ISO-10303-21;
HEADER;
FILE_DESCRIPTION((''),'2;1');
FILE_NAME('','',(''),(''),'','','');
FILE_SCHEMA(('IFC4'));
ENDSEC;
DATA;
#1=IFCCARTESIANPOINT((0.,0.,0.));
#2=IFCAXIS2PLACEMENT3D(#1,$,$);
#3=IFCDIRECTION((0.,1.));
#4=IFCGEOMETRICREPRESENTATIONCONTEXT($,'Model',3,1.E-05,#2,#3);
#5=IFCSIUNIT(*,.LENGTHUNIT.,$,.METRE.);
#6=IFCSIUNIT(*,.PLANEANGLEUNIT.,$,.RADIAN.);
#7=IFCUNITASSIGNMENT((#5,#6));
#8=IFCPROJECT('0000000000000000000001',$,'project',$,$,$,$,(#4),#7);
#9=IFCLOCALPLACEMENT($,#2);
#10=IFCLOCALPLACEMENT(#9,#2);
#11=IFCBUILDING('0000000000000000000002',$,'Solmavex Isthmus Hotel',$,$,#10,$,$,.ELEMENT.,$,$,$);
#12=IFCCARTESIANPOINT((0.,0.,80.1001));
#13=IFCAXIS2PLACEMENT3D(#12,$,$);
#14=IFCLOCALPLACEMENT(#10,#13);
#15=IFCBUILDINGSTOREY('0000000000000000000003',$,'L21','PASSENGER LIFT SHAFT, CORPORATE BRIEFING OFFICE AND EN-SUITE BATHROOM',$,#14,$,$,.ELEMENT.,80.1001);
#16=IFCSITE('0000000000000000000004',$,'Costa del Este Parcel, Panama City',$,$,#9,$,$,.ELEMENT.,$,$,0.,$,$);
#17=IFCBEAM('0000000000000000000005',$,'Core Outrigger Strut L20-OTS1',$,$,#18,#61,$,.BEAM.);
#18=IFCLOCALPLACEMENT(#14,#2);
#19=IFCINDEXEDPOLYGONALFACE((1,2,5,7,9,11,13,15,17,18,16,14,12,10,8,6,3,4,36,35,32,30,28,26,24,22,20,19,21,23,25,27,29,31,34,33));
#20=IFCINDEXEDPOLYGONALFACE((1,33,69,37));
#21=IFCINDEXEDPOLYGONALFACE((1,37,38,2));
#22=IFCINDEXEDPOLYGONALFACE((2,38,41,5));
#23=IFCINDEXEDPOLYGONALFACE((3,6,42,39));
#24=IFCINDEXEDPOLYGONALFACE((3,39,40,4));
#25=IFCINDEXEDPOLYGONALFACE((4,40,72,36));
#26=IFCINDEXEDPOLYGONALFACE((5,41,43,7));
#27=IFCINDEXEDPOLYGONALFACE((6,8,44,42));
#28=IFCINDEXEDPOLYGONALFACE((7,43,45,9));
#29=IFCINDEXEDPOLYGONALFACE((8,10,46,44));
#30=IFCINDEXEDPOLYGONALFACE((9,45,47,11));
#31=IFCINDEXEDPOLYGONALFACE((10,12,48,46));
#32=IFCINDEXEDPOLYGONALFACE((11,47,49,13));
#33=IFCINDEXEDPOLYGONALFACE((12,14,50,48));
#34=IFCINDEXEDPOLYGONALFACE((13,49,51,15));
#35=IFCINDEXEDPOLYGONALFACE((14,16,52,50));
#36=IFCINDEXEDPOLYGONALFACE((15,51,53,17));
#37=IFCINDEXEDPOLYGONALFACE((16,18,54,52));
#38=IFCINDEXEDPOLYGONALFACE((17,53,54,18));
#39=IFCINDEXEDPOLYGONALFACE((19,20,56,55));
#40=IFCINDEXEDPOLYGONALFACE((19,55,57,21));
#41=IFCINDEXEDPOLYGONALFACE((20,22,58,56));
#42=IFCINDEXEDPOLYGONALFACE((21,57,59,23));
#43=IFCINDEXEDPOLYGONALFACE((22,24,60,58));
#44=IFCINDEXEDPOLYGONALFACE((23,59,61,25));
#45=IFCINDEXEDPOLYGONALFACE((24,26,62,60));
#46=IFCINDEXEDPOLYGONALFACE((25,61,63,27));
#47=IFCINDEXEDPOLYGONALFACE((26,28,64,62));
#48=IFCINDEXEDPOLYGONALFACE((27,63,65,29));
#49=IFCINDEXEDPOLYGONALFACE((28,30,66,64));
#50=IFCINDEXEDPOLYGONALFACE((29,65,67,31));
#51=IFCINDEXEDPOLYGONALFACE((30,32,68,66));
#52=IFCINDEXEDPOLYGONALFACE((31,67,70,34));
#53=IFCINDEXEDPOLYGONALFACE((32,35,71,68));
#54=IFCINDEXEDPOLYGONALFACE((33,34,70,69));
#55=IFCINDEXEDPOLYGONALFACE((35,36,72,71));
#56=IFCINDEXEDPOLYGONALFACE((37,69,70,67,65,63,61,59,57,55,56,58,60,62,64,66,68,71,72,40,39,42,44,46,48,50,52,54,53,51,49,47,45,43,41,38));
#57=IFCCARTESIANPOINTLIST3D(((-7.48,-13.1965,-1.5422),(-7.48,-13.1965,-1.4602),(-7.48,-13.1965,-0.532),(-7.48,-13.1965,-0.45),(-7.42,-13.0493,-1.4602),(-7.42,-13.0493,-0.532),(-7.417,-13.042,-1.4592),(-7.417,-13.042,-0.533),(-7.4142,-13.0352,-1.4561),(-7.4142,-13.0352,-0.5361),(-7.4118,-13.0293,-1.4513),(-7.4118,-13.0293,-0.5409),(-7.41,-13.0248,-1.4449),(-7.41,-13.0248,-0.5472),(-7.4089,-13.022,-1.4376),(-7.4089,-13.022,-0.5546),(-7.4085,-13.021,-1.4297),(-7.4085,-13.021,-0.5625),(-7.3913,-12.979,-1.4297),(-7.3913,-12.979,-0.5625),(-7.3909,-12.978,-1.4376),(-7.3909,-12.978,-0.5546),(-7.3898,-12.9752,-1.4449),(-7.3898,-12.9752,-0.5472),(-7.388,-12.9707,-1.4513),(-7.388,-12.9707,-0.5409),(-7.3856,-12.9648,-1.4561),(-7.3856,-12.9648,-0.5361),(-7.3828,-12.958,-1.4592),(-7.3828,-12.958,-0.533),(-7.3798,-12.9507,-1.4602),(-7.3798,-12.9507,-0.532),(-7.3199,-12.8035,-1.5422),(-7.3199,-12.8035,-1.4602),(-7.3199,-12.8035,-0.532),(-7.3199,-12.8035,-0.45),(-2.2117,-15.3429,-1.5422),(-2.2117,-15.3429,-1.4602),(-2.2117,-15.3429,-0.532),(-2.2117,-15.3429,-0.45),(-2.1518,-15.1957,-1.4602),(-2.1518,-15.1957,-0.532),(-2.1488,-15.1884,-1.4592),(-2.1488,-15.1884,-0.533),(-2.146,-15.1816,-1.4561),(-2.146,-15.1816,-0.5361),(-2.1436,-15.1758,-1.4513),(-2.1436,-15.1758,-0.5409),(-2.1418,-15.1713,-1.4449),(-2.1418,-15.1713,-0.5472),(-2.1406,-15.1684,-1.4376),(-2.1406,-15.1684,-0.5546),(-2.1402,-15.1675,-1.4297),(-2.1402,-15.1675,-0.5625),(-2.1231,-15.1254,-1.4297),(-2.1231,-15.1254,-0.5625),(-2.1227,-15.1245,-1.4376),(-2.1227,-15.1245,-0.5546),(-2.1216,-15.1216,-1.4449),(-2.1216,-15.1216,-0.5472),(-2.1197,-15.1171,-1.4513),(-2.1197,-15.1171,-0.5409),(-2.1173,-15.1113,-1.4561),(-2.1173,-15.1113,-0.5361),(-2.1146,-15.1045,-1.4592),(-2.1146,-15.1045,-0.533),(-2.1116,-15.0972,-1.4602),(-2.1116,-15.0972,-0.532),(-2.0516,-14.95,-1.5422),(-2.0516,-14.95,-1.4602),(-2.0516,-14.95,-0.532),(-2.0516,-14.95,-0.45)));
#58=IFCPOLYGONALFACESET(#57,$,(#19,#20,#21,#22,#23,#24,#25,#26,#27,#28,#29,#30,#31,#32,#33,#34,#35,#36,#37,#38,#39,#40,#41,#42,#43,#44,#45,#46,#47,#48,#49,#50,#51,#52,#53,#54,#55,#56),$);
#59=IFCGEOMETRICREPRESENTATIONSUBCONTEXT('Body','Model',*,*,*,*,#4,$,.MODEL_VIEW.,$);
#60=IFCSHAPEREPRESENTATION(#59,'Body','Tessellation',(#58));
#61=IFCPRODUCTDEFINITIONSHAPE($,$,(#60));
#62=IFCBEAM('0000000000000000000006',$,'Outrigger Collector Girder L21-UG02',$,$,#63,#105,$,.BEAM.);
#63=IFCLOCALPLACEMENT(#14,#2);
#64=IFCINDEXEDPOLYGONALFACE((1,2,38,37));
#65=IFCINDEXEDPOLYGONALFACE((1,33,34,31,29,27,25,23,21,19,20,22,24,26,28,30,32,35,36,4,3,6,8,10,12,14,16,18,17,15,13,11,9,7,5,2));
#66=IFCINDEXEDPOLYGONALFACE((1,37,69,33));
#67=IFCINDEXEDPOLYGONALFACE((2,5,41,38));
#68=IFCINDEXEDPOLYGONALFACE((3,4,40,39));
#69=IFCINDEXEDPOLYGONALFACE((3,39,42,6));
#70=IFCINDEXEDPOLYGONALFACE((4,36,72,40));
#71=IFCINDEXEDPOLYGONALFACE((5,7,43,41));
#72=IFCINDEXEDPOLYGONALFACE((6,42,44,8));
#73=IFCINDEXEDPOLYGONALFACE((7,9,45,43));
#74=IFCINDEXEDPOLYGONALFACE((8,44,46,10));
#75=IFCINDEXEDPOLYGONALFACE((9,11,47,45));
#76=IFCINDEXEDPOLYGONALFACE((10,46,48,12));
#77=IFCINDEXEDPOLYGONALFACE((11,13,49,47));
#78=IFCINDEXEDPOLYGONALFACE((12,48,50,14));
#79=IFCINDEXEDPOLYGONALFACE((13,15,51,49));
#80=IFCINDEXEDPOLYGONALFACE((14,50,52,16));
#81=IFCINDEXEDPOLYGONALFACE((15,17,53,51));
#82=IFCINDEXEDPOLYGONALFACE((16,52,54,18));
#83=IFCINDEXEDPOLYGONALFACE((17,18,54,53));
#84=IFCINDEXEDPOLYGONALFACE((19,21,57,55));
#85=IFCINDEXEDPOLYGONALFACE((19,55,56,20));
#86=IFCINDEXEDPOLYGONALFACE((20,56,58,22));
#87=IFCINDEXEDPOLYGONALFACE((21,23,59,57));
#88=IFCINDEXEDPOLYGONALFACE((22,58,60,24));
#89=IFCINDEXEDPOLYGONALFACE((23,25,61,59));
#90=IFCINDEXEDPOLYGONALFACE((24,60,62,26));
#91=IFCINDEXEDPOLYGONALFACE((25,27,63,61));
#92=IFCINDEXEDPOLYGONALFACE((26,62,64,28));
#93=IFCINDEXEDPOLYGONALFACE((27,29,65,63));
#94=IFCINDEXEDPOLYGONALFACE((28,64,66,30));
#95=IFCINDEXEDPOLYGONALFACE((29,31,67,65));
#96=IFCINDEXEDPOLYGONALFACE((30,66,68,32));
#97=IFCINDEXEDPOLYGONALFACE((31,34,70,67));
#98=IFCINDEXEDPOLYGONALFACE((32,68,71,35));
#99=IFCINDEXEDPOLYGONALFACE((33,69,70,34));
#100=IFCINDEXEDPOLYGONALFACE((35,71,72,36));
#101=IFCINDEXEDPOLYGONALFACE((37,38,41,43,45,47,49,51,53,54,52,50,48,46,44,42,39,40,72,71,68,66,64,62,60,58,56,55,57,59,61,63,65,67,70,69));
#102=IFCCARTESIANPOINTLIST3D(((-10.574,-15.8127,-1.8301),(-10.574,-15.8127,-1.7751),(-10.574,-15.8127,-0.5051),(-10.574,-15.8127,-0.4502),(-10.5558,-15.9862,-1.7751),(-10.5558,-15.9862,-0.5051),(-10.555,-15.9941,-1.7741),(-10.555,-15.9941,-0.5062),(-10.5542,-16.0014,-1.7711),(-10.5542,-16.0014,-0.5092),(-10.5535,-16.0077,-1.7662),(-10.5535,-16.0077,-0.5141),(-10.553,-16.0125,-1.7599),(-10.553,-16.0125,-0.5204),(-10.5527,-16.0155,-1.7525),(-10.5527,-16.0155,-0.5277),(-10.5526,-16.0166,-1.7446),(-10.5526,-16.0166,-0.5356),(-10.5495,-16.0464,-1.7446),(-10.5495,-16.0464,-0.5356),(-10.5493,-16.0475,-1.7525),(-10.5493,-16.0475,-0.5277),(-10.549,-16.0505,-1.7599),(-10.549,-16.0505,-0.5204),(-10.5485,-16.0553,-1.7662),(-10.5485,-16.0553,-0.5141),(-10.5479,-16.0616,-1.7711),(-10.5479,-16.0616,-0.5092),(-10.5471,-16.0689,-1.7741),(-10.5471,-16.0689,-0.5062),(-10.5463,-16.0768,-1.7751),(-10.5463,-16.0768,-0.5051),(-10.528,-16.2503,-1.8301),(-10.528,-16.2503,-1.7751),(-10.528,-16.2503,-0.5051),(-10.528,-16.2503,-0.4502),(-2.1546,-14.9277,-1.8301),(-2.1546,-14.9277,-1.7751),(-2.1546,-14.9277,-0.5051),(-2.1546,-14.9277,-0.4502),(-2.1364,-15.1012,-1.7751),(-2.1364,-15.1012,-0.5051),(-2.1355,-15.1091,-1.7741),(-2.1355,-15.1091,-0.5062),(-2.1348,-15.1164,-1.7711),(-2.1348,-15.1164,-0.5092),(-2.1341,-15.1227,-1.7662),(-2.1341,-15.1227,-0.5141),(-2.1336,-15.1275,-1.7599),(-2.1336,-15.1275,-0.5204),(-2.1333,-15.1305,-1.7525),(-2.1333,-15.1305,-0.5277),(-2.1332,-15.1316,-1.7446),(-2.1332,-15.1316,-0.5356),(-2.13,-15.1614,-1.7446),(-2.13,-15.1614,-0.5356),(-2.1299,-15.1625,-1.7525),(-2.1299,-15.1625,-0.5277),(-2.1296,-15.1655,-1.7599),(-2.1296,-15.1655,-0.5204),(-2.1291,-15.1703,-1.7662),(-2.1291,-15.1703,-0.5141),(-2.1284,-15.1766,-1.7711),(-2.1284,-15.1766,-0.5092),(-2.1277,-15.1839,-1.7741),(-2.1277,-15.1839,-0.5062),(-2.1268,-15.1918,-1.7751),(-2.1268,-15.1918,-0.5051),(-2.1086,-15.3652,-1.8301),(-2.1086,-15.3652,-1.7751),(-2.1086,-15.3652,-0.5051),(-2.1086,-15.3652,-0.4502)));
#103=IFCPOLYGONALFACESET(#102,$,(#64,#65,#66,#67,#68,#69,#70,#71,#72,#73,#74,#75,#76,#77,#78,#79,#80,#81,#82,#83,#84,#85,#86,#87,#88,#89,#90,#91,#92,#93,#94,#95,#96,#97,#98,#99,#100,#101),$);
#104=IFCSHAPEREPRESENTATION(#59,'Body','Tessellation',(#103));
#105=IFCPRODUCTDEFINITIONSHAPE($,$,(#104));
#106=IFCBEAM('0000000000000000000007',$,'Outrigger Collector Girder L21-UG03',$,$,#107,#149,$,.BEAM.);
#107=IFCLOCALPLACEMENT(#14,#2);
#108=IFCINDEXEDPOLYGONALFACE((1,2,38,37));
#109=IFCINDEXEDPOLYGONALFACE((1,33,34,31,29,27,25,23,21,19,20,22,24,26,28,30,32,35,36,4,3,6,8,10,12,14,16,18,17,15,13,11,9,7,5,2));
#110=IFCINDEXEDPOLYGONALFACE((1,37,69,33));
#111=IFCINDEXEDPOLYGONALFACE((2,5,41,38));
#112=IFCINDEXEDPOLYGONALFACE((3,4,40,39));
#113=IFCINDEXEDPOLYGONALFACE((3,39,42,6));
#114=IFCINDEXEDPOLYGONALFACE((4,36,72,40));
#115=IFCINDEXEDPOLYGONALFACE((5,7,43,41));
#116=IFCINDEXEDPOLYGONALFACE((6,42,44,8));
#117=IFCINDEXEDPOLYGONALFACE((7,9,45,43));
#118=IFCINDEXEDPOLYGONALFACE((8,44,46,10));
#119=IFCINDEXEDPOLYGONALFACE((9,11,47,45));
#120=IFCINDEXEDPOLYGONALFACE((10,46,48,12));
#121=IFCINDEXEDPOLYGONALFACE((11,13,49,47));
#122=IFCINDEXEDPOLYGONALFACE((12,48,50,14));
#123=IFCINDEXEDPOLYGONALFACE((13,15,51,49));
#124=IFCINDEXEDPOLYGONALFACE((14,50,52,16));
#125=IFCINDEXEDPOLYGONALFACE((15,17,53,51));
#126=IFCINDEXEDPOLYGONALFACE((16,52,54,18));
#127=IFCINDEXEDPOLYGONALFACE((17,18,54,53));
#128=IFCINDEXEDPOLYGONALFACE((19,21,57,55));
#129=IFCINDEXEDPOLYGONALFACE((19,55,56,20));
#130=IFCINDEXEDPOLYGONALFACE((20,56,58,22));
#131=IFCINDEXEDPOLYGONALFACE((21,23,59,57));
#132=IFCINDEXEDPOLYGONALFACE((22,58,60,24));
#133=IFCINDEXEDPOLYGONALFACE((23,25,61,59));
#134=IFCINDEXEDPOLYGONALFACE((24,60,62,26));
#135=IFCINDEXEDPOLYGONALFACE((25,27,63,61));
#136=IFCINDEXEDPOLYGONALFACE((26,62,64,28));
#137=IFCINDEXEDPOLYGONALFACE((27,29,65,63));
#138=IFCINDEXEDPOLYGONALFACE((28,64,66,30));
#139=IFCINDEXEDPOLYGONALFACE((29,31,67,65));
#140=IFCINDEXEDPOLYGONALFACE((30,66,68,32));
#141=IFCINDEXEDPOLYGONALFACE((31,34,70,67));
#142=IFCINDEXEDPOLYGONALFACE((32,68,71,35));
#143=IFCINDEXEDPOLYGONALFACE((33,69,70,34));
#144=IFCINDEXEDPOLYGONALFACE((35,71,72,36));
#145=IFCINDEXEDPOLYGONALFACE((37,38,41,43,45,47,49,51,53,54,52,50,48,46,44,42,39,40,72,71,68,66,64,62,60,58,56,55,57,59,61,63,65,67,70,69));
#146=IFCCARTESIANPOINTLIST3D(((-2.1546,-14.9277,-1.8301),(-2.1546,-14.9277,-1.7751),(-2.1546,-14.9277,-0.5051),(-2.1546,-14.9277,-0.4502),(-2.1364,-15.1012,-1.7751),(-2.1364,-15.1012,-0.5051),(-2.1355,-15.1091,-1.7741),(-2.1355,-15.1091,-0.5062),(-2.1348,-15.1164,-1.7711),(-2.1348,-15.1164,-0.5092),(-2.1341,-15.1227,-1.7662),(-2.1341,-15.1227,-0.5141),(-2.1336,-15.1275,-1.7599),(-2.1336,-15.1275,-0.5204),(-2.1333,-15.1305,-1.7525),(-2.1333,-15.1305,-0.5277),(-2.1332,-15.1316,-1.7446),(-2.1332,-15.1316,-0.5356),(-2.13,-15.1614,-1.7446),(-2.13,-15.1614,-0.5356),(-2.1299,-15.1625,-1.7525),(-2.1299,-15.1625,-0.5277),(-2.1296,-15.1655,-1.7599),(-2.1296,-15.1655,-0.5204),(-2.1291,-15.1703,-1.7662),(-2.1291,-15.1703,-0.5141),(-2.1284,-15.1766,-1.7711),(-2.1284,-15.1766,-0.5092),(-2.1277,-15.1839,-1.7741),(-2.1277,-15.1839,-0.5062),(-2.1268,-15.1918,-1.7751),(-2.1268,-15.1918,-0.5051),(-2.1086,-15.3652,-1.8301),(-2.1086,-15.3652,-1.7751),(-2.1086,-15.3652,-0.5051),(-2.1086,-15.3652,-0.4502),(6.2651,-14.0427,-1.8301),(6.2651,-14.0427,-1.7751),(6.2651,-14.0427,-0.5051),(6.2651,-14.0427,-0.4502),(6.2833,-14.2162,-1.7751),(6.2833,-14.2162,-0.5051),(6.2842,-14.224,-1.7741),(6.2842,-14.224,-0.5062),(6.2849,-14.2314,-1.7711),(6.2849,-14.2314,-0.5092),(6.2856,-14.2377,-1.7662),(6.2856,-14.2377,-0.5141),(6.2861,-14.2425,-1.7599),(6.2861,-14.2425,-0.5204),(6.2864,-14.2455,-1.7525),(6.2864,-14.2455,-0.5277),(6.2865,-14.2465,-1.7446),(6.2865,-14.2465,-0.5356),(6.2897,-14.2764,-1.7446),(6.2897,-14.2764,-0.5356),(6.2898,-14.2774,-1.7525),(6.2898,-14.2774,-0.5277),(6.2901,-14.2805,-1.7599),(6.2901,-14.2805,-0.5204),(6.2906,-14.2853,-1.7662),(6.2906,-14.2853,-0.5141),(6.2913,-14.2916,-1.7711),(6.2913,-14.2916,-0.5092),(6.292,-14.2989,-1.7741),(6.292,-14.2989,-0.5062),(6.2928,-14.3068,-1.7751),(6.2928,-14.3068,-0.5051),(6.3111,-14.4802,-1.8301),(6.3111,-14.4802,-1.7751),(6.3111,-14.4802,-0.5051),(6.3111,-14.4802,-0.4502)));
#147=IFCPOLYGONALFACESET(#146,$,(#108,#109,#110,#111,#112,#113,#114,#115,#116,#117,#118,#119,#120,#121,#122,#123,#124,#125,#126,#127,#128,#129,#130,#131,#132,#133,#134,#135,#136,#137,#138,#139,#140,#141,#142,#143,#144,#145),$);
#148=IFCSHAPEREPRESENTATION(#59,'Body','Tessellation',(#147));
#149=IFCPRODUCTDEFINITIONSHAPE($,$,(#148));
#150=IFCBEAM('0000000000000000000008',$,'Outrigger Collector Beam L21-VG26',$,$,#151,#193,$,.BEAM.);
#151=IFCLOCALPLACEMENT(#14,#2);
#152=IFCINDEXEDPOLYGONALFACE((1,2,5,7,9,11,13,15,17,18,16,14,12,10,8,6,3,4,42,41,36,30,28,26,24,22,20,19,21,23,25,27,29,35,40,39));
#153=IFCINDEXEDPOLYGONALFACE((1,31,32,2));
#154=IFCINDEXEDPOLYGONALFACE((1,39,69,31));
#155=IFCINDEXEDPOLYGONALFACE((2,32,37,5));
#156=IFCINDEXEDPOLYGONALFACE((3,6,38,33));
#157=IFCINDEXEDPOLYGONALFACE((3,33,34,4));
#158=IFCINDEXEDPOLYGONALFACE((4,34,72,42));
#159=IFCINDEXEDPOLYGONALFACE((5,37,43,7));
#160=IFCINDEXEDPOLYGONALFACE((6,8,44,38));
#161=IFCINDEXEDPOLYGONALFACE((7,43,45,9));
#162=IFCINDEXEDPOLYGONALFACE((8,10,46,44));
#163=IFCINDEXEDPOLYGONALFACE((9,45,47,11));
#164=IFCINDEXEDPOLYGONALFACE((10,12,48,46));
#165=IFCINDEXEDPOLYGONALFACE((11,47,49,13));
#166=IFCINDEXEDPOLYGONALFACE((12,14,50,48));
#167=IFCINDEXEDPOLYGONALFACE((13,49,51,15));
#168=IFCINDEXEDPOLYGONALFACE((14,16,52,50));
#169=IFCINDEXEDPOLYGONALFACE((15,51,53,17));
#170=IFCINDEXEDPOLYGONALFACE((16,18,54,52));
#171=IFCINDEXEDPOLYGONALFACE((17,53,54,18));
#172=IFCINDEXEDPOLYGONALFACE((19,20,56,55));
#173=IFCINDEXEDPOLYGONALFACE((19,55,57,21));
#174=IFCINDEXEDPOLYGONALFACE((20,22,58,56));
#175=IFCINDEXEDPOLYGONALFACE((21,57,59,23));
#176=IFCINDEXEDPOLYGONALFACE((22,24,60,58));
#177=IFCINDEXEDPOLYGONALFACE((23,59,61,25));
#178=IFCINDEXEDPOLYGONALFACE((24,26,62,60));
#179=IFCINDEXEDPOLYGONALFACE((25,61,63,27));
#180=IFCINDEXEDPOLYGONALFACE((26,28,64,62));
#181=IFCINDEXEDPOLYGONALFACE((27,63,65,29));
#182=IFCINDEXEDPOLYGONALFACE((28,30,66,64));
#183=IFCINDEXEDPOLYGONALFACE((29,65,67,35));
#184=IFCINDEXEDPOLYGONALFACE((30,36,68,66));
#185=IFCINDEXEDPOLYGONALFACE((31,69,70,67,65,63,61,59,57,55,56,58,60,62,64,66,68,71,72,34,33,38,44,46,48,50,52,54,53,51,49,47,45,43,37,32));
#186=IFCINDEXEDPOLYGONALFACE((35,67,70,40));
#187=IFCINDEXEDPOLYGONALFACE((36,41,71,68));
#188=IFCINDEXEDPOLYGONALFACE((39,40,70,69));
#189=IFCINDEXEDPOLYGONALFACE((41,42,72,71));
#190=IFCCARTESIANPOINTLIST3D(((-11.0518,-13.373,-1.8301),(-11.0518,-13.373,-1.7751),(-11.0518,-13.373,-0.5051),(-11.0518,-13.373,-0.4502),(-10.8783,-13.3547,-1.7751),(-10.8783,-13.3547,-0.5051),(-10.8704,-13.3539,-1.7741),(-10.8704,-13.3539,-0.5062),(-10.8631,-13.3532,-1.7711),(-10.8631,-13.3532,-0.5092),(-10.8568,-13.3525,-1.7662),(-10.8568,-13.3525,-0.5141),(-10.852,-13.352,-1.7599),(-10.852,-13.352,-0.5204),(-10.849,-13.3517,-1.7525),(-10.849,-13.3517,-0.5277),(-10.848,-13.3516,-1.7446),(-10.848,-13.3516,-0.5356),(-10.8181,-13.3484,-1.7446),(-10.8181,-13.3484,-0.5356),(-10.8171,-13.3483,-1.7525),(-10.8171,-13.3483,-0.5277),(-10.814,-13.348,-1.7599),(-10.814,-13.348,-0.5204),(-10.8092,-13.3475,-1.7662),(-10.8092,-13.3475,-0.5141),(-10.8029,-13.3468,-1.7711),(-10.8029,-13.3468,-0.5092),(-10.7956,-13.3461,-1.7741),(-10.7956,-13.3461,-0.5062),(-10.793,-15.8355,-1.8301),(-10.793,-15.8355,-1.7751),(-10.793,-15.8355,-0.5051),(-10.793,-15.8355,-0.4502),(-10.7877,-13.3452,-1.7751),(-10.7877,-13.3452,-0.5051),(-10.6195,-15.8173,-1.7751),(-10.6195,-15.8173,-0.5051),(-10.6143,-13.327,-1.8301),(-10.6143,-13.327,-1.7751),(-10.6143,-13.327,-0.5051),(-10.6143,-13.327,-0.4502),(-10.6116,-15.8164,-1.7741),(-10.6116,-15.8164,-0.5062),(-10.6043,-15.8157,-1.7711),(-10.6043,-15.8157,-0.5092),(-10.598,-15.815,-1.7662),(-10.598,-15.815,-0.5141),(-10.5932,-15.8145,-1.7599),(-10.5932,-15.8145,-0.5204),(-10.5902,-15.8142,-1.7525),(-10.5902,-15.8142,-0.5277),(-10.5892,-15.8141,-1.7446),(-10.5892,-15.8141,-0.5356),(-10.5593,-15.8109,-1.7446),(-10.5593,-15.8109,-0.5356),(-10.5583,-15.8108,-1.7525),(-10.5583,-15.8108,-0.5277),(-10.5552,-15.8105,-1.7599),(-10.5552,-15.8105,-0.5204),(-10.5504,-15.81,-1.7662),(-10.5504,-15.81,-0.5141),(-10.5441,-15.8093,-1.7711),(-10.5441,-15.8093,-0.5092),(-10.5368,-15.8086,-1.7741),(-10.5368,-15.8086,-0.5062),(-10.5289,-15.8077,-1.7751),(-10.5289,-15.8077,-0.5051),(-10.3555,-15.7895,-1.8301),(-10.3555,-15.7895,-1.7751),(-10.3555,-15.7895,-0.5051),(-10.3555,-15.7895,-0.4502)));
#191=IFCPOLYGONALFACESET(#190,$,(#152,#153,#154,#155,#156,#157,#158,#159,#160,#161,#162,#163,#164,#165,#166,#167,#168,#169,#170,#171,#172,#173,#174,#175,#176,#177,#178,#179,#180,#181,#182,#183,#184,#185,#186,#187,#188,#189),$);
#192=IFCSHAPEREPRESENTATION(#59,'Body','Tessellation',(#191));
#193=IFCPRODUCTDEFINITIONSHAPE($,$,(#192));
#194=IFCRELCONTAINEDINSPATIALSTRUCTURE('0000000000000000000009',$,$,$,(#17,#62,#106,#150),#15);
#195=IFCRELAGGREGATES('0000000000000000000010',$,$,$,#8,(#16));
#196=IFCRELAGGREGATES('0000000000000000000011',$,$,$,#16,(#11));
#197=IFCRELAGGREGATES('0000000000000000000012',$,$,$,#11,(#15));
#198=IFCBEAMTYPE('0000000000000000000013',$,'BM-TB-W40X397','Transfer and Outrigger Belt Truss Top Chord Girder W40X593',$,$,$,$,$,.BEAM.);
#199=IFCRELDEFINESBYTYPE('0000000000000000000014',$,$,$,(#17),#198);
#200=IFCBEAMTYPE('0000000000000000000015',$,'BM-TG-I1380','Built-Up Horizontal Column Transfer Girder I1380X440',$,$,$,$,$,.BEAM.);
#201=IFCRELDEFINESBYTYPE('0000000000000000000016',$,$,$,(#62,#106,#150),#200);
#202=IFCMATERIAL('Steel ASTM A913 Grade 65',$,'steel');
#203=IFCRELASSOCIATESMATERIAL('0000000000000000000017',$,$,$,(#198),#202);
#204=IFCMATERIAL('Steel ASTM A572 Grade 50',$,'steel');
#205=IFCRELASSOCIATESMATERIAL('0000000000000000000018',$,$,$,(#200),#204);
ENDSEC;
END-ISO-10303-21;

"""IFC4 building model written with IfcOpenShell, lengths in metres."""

from ifc_helpers import new_model, si_unit, direction, frame, origin, origin_2d, place, context, subcontext, project, spatial, i_section, extrude, material, material_profile, profile_set, type_object, element, save


model = new_model("IFC4")

# Units and contexts
model_context = context("Model", 3, precision=1e-05, world=origin(), true_north=direction((0.0, 1.0)))
body_context = subcontext(model_context, "Body", "Model", "MODEL_VIEW")
ifc_project = project(units=[si_unit("LENGTHUNIT", "METRE"), si_unit("PLANEANGLEUNIT", "RADIAN")], contexts=[model_context])

# Site, building, storey
site_placement = place(None, origin())
site = spatial("IfcSite", under=ifc_project, at=site_placement, Name="Costa del Este Parcel, Panama City", CompositionType="ELEMENT", RefElevation=0.0)
building_placement = place(site_placement, origin())
building = spatial("IfcBuilding", under=site, at=building_placement, Name="Solmavex Isthmus Hotel", CompositionType="ELEMENT")
storey_placement = place(building_placement, frame((0.0, 0.0, 80.1001)))
storey = spatial("IfcBuildingStorey", under=building, at=storey_placement, Name="L21", Description="PASSENGER LIFT SHAFT, CORPORATE BRIEFING OFFICE AND EN-SUITE BATHROOM", CompositionType="ELEMENT", Elevation=80.1001)

# Shared definitions
ifc_material_1 = material(Name="Steel ASTM A913 Grade 65", Category="steel")

# Beams
ifc_material_profile_1 = material_profile(ifc_material_1, i_section(OverallWidth=0.4243, OverallDepth=1.0923, WebThickness=0.0454, FlangeThickness=0.082, FilletRadius=0.0305, at=origin_2d()), Name="W40X593")
ifc_profile_set_1 = profile_set([ifc_material_profile_1], Name="Steel ASTM A913 Grade 65")
beam_type_1 = type_object("IfcBeamType", Name="BM-TB-W40X397", Description="Transfer and Outrigger Belt Truss Top Chord Girder W40X593", PredefinedType="BEAM", material=ifc_profile_set_1)
beam_1_placement = place(storey_placement, frame((-7.3999, -13.0, -0.9961), z_axis=(0.926084, -0.377317, 0.0), x_axis=(0.377317, 0.926084, 0.0)))
element("IfcBeam", 1, at=beam_1_placement, inside=storey, type_object=beam_type_1, Name="Core Outrigger Strut L20-OTS1", PredefinedType="BEAM", context=body_context, shape_type="SweptSolid", body=[
    extrude(i_section(OverallWidth=0.4243, OverallDepth=1.0923, WebThickness=0.0454, FlangeThickness=0.082, FilletRadius=0.0305, at=origin_2d()), origin(), (0.0, 0.0, 1.0), 5.6887),
])
ifc_material_2 = material(Name="Steel ASTM A572 Grade 50", Category="steel")
ifc_material_profile_2 = material_profile(ifc_material_2, i_section(OverallWidth=0.4399, OverallDepth=1.3799, WebThickness=0.03, FlangeThickness=0.0549, FilletRadius=0.0305, at=origin_2d()), Name="I1380X440")
ifc_profile_set_2 = profile_set([ifc_material_profile_2], Name="Steel ASTM A572 Grade 50")
beam_type_2 = type_object("IfcBeamType", Name="BM-TG-I1380", Description="Built-Up Horizontal Column Transfer Girder I1380X440", PredefinedType="BEAM", material=ifc_profile_set_2)
beam_2_placement = place(storey_placement, frame((-10.551, -16.0315, -1.1401), z_axis=(0.994521, 0.104539, 0.0), x_axis=(-0.104539, 0.994521, 0.0)))
element("IfcBeam", 2, at=beam_2_placement, inside=storey, type_object=beam_type_2, Name="Outrigger Collector Girder L21-UG02", PredefinedType="BEAM", context=body_context, shape_type="SweptSolid", body=[
    extrude(i_section(OverallWidth=0.4399, OverallDepth=1.3799, WebThickness=0.03, FlangeThickness=0.0549, FilletRadius=0.0305, at=origin_2d()), origin(), (0.0, 0.0, 1.0), 8.4658),
])
beam_3_placement = place(storey_placement, frame((-2.1316, -15.1465, -1.1401), z_axis=(0.994521, 0.104536, 0.0), x_axis=(-0.104536, 0.994521, 0.0)))
element("IfcBeam", 3, at=beam_3_placement, inside=storey, type_object=beam_type_2, Name="Outrigger Collector Girder L21-UG03", PredefinedType="BEAM", context=body_context, shape_type="SweptSolid", body=[
    extrude(i_section(OverallWidth=0.4399, OverallDepth=1.3799, WebThickness=0.03, FlangeThickness=0.0549, FilletRadius=0.0305, at=origin_2d()), origin(), (0.0, 0.0, 1.0), 8.4661),
])
beam_4_placement = place(storey_placement, frame((-10.5742, -15.8125, -1.1401), z_axis=(-0.104521, 0.994523, 0.0), x_axis=(-0.994523, -0.104521, 0.0)))
element("IfcBeam", 4, at=beam_4_placement, inside=storey, type_object=beam_type_2, Name="Outrigger Collector Beam L21-VG26", PredefinedType="BEAM", context=body_context, shape_type="SweptSolid", body=[
    extrude(i_section(OverallWidth=0.4399, OverallDepth=1.3799, WebThickness=0.03, FlangeThickness=0.0549, FilletRadius=0.0305, at=origin_2d()), origin(), (0.0, 0.0, 1.0), 2.4761),
])

save(model, "model.ifc")
